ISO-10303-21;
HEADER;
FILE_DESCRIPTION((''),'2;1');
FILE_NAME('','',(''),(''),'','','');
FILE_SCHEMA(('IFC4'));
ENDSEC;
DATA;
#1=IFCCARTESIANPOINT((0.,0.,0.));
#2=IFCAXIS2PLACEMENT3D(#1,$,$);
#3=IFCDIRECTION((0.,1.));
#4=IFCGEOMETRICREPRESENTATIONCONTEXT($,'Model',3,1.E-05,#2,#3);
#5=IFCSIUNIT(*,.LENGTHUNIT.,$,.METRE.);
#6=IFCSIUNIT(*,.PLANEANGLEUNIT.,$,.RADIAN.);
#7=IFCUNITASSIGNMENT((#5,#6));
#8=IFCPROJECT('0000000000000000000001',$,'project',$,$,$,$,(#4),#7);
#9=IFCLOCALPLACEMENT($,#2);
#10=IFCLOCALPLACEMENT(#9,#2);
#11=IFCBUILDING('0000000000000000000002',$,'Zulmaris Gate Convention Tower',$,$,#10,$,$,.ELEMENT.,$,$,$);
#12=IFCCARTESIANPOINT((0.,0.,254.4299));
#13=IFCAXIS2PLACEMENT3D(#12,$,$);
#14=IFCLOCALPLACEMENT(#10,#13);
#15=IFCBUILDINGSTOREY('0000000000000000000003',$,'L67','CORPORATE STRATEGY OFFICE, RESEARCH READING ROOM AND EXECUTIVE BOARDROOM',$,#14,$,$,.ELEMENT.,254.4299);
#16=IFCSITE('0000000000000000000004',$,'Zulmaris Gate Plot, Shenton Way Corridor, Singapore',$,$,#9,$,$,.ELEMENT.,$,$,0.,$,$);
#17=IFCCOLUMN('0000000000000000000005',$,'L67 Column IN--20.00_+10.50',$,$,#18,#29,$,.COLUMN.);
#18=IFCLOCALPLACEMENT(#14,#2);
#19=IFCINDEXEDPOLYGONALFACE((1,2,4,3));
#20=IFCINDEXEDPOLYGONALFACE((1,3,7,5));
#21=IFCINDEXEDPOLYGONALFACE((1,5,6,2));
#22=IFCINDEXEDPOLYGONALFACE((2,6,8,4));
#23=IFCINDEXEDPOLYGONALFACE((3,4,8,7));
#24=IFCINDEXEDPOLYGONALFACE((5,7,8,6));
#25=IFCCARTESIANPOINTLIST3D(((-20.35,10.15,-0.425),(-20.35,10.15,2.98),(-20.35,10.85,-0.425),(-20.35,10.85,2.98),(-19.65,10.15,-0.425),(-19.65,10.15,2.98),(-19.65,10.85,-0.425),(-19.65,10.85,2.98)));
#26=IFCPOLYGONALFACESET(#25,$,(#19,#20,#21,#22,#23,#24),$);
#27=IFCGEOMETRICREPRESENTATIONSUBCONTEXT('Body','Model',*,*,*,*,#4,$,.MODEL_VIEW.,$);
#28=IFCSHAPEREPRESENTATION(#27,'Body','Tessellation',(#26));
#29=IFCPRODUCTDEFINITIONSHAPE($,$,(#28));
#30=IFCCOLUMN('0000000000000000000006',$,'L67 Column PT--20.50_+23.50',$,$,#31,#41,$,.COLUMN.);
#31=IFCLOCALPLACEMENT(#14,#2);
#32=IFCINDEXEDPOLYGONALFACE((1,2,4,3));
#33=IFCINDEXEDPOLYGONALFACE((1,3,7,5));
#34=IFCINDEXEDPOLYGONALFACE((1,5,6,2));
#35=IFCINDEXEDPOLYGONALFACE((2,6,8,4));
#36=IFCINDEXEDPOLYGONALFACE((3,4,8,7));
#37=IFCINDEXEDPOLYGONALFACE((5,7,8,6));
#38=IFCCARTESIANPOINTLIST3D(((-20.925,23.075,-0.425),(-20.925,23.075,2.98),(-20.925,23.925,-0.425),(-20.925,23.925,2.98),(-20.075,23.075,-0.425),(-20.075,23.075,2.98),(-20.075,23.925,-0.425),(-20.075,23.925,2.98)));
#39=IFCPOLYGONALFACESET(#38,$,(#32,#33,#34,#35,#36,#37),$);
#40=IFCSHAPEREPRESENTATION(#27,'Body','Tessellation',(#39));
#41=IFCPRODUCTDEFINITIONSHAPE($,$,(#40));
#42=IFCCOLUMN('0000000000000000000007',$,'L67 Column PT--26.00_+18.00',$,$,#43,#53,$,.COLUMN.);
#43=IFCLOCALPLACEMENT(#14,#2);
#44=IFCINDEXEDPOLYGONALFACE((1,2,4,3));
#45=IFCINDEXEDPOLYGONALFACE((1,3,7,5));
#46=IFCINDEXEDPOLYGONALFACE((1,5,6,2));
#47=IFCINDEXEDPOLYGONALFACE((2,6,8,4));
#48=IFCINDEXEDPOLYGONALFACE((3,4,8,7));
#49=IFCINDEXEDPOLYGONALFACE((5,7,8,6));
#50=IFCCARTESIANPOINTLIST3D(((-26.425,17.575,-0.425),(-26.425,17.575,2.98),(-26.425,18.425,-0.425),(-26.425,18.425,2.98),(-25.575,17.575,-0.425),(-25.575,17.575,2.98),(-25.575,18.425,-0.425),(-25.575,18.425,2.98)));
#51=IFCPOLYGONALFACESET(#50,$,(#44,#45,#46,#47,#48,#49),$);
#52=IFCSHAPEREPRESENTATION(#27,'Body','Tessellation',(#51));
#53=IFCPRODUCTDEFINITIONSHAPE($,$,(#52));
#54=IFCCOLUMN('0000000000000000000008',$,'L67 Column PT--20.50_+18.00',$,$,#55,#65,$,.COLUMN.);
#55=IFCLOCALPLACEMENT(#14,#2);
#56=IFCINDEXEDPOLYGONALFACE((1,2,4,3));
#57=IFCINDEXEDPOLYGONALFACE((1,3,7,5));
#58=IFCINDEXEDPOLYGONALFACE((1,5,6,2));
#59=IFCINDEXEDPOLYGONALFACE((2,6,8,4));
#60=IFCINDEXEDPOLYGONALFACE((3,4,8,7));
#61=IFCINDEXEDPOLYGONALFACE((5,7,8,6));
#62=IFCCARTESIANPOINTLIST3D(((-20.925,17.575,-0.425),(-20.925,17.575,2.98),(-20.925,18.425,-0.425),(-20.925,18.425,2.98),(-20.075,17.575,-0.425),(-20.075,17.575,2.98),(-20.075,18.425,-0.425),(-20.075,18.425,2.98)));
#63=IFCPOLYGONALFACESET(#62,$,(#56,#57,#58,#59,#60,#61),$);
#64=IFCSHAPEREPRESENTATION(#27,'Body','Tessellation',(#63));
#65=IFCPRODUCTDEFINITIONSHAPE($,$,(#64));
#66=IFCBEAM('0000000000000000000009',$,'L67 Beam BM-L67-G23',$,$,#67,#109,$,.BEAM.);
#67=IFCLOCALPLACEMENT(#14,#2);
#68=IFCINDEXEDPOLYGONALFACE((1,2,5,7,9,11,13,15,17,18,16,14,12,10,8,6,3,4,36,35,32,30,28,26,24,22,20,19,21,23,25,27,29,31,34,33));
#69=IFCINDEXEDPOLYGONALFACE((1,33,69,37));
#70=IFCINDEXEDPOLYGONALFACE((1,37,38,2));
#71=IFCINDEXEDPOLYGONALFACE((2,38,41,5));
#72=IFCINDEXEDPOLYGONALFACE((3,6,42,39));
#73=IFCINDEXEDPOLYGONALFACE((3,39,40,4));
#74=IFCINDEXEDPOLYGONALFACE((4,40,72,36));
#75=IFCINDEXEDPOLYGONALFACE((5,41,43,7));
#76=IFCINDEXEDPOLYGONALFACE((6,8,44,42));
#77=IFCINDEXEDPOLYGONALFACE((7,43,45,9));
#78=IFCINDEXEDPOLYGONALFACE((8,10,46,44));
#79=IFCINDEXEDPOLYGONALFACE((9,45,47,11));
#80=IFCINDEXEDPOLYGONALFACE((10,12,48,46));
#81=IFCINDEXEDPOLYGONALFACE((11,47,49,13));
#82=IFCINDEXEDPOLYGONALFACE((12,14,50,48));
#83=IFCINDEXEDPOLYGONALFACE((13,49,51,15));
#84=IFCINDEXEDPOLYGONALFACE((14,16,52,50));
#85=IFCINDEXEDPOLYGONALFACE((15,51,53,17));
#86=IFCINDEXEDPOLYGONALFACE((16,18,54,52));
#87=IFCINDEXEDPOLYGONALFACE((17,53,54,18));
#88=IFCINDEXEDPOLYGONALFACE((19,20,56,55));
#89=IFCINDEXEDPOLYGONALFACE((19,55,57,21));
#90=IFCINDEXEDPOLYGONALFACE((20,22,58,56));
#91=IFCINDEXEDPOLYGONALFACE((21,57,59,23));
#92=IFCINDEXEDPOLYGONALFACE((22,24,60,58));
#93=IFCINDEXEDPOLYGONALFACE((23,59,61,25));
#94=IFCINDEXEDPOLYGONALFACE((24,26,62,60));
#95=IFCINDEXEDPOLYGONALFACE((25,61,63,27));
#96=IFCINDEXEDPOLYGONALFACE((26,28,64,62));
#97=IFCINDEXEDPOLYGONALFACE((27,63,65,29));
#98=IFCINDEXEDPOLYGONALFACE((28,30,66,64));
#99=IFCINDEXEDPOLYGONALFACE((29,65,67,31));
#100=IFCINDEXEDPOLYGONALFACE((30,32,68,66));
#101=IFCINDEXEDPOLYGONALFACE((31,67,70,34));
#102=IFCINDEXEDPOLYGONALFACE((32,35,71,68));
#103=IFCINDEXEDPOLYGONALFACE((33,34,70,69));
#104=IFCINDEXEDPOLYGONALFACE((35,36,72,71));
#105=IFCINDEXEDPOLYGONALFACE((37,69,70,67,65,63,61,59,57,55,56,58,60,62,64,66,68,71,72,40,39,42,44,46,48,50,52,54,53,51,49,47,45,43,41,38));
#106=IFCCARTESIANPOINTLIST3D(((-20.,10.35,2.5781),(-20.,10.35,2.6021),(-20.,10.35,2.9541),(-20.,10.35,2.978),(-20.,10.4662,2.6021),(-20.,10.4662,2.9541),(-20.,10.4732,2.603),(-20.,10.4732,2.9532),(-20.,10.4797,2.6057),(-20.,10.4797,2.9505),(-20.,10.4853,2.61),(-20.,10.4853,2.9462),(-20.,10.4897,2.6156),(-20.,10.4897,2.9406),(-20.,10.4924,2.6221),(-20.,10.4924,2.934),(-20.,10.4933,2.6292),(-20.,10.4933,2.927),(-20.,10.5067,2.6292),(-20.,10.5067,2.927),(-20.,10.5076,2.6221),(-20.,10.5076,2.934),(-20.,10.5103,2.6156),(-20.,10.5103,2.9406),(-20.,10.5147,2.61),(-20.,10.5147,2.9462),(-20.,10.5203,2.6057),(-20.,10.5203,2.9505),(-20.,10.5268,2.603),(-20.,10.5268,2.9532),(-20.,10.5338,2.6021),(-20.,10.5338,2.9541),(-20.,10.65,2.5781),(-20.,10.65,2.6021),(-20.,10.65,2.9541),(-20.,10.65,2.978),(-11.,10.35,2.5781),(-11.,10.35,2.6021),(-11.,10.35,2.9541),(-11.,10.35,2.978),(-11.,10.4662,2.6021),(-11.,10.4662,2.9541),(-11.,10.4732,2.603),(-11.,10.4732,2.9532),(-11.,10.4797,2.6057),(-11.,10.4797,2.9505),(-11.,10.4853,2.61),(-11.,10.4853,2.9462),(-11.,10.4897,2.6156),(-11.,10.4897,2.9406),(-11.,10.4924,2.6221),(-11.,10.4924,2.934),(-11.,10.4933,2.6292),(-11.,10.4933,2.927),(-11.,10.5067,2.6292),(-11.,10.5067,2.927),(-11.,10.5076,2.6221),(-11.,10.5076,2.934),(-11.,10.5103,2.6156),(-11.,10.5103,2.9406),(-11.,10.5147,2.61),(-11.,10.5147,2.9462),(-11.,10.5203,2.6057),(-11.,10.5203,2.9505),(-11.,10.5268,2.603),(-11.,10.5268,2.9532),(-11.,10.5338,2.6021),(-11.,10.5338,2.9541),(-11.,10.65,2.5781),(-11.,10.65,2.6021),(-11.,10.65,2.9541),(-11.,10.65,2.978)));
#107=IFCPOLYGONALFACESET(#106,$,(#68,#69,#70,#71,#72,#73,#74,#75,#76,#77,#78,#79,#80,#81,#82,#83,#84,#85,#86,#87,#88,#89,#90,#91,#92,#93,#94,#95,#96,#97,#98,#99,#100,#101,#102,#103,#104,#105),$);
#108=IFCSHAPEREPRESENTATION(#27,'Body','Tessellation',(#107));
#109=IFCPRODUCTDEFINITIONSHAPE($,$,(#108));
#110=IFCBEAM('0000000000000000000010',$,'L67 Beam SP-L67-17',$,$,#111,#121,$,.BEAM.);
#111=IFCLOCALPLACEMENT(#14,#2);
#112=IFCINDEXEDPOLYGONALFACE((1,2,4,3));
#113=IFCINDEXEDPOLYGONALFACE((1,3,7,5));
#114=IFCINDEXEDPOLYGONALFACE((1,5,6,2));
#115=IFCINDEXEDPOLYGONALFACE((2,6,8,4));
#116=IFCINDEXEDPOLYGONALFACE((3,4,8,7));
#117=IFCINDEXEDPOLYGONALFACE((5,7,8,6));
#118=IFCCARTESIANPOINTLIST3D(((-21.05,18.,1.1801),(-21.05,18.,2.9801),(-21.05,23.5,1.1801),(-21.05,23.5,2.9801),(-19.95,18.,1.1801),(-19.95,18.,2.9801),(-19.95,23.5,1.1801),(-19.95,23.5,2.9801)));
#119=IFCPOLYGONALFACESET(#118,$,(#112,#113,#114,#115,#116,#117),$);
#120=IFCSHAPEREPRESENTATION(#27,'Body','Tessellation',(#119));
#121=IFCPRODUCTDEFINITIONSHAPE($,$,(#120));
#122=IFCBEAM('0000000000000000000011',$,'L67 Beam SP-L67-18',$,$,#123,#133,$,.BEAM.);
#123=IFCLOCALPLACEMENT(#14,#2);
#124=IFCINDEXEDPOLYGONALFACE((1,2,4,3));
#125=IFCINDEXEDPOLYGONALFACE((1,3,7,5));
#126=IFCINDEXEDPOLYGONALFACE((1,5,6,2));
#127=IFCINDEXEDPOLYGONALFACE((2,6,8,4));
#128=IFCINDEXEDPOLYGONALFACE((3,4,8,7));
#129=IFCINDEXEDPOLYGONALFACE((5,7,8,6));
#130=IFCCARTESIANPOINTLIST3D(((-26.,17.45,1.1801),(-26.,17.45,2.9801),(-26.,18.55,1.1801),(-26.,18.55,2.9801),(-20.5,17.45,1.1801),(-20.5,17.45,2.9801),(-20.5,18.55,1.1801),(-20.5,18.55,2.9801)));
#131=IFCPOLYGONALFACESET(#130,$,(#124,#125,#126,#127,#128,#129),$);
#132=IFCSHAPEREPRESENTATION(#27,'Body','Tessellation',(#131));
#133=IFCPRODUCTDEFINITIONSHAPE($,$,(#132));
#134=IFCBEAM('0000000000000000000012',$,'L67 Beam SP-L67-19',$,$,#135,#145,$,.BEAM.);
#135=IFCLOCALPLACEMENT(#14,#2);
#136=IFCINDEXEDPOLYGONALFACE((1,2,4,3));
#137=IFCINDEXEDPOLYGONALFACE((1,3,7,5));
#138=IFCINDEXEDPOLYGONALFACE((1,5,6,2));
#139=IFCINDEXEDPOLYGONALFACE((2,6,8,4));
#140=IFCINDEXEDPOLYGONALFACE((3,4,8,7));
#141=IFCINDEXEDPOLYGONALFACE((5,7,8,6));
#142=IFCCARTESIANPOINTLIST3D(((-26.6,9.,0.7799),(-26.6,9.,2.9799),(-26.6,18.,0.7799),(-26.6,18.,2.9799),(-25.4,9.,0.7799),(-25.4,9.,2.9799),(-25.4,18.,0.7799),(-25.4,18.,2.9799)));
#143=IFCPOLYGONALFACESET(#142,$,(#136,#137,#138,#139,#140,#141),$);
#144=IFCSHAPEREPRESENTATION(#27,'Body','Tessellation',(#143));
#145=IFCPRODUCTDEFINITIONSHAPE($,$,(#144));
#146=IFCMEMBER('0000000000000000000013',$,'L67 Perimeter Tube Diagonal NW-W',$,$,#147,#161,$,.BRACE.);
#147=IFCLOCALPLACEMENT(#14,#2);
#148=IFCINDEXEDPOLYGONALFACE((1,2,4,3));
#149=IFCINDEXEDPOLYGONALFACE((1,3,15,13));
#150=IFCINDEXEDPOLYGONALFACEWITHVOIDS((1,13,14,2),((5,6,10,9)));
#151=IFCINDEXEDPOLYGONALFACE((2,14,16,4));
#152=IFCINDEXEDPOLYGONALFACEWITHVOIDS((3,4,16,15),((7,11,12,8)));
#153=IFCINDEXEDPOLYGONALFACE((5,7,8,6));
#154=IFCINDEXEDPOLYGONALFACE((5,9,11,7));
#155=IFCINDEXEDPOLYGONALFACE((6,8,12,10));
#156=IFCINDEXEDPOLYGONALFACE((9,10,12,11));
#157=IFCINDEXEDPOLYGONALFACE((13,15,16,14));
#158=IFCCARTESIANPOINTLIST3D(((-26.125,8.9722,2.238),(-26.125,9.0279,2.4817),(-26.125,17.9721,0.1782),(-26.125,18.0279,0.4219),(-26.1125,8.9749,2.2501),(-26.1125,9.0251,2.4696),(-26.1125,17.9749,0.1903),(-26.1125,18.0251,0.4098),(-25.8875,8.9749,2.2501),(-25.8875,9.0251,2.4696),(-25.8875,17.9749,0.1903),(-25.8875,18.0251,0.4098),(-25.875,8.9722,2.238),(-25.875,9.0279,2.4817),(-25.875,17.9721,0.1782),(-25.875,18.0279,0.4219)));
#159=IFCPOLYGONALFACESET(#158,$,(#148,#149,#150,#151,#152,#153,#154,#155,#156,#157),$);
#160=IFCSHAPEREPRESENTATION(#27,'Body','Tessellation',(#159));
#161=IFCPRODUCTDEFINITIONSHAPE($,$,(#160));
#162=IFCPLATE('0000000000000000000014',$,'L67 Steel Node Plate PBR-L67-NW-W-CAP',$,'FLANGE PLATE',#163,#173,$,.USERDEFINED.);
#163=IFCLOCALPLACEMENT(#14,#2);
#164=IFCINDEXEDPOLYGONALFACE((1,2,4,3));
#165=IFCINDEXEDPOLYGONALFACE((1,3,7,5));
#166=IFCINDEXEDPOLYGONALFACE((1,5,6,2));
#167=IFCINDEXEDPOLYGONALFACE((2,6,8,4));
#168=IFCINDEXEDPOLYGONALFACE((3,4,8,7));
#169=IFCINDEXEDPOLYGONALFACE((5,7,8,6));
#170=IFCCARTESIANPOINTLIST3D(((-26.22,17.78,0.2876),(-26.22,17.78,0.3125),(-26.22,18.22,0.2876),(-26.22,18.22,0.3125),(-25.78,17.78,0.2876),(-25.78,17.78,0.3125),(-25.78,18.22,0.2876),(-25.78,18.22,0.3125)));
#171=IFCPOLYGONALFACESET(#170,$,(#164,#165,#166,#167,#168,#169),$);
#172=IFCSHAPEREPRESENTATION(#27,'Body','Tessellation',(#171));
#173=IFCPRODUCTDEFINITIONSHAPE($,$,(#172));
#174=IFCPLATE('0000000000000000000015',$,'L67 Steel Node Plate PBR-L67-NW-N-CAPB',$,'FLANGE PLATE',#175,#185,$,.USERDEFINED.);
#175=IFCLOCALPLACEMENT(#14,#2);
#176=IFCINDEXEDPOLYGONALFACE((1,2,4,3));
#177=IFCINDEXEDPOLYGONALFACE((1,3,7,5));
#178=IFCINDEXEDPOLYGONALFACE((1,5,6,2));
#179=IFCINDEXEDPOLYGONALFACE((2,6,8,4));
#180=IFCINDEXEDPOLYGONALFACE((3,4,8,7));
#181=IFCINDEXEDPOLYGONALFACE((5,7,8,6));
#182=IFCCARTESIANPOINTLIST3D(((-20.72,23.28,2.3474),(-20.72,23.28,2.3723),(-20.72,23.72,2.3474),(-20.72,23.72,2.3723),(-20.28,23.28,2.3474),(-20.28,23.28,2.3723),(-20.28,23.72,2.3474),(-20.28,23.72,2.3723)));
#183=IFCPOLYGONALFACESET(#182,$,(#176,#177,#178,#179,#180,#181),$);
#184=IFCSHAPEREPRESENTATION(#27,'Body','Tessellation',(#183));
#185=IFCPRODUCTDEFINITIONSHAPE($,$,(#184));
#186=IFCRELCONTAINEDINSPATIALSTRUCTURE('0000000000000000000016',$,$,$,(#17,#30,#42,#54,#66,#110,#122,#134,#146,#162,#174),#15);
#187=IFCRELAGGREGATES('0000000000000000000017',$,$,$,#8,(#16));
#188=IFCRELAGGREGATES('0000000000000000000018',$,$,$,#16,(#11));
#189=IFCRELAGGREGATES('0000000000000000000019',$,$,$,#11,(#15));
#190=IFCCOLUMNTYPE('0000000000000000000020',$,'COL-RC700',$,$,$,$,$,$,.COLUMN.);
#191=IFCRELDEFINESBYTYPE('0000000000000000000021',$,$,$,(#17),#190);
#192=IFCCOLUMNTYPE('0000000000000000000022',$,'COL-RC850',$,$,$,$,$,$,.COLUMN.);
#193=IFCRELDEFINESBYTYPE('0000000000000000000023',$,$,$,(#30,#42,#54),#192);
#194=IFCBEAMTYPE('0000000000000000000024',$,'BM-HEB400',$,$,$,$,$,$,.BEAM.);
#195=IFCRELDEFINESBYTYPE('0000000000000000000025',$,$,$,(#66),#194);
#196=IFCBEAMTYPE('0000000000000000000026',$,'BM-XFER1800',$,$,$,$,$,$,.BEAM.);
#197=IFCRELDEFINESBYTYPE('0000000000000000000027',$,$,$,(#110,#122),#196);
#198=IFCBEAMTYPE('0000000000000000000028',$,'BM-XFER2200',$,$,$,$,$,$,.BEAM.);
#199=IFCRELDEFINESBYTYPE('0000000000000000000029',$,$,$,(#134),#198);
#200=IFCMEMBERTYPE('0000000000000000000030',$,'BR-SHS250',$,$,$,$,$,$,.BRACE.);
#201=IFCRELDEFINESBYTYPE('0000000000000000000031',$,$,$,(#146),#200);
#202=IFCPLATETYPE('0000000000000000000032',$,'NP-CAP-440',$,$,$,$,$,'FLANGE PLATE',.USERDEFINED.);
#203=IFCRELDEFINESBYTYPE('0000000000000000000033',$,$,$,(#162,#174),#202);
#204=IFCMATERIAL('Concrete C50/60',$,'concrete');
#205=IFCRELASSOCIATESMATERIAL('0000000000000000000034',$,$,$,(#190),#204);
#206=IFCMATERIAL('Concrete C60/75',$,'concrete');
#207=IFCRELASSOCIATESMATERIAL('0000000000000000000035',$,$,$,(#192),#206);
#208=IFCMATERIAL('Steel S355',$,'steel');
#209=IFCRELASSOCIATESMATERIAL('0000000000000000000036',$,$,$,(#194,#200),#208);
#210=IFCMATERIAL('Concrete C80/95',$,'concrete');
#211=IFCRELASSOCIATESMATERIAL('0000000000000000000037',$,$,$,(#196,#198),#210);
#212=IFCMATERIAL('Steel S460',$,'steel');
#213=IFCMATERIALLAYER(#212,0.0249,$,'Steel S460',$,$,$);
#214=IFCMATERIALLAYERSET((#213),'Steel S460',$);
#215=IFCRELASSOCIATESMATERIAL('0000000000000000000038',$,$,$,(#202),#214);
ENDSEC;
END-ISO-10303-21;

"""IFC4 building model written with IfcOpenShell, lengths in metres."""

from ifc_helpers import new_model, si_unit, direction, frame, origin, origin_2d, place, context, subcontext, project, spatial, rectangle, hollow_rectangle, i_section, extrude, material, layer, layer_set, material_profile, profile_set, type_object, element, save


model = new_model("IFC4")

# Units and contexts
model_context = context("Model", 3, precision=1e-05, world=origin(), true_north=direction((0.0, 1.0)))
body_context = subcontext(model_context, "Body", "Model", "MODEL_VIEW")
ifc_project = project(units=[si_unit("LENGTHUNIT", "METRE"), si_unit("PLANEANGLEUNIT", "RADIAN")], contexts=[model_context])

# Site, building, storey
site_placement = place(None, origin())
site = spatial("IfcSite", under=ifc_project, at=site_placement, Name="Zulmaris Gate Plot, Shenton Way Corridor, Singapore", CompositionType="ELEMENT", RefElevation=0.0)
building_placement = place(site_placement, origin())
building = spatial("IfcBuilding", under=site, at=building_placement, Name="Zulmaris Gate Convention Tower", CompositionType="ELEMENT")
storey_placement = place(building_placement, frame((0.0, 0.0, 254.4299)))
storey = spatial("IfcBuildingStorey", under=building, at=storey_placement, Name="L67", Description="CORPORATE STRATEGY OFFICE, RESEARCH READING ROOM AND EXECUTIVE BOARDROOM", CompositionType="ELEMENT", Elevation=254.4299)

# Columns
ifc_material_1 = material(Name="Concrete C50/60", Category="concrete")
ifc_material_profile_1 = material_profile(ifc_material_1, rectangle(XDim=0.7, YDim=0.7, at=origin_2d()), Name="RC COL 700x700")
ifc_profile_set_1 = profile_set([ifc_material_profile_1], Name="Concrete C50/60")
column_type_1 = type_object("IfcColumnType", Name="COL-RC700", PredefinedType="COLUMN", material=ifc_profile_set_1)
column_placement = place(storey_placement, frame((-20.0, 10.5, -0.425), z_axis=(0.0, 0.0, 1.0), x_axis=(1.0, 0.0, 0.0)))
element("IfcColumn", 1, at=column_placement, inside=storey, type_object=column_type_1, Name="L67 Column IN--20.00_+10.50", PredefinedType="COLUMN", context=body_context, shape_type="SweptSolid", body=[
    extrude(rectangle(XDim=0.7, YDim=0.7, at=origin_2d()), origin(), (0.0, 0.0, 1.0), 3.405),
])
ifc_material_2 = material(Name="Concrete C60/75", Category="concrete")
ifc_material_profile_2 = material_profile(ifc_material_2, rectangle(XDim=0.8501, YDim=0.8501, at=origin_2d()), Name="RC COL 850x850")
ifc_profile_set_2 = profile_set([ifc_material_profile_2], Name="Concrete C60/75")
column_type_2 = type_object("IfcColumnType", Name="COL-RC850", PredefinedType="COLUMN", material=ifc_profile_set_2)
for number, where, z_axis, x_axis, name in (
    (2, (-20.5, 23.5, -0.425), (0.0, 0.0, 1.0), (1.0, 0.0, 0.0), "L67 Column PT--20.50_+23.50"),
    (3, (-26.0, 18.0, -0.425), (0.0, 0.0, 1.0), (1.0, 0.0, 0.0), "L67 Column PT--26.00_+18.00"),
    (4, (-20.5, 18.0, -0.425), (0.0, 0.0, 1.0), (1.0, 0.0, 0.0), "L67 Column PT--20.50_+18.00"),
):
    element("IfcColumn", number, at=place(storey_placement, frame(where, z_axis=z_axis, x_axis=x_axis)), inside=storey, type_object=column_type_2, Name=name, PredefinedType="COLUMN", context=body_context, shape_type="SweptSolid", body=[
        extrude(rectangle(XDim=0.8501, YDim=0.8501, at=origin_2d()), origin(), (0.0, 0.0, 1.0), 3.405),
    ])

# Beams
ifc_material_3 = material(Name="Steel S355", Category="steel")
ifc_material_profile_3 = material_profile(ifc_material_3, i_section(OverallWidth=0.3, OverallDepth=0.3999, WebThickness=0.0134, FlangeThickness=0.0239, FilletRadius=0.0271, at=origin_2d()), Name="HEB 400")
ifc_profile_set_3 = profile_set([ifc_material_profile_3], Name="Steel S355")
beam_type_1 = type_object("IfcBeamType", Name="BM-HEB400", PredefinedType="BEAM", material=ifc_profile_set_3)
beam_1_placement = place(storey_placement, frame((-20.0, 10.5, 2.7781), z_axis=(1.0, 0.0, 0.0), x_axis=(0.0, 1.0, 0.0)))
element("IfcBeam", 5, at=beam_1_placement, inside=storey, type_object=beam_type_1, Name="L67 Beam BM-L67-G23", PredefinedType="BEAM", context=body_context, shape_type="SweptSolid", body=[
    extrude(i_section(OverallWidth=0.3, OverallDepth=0.3999, WebThickness=0.0134, FlangeThickness=0.0239, FilletRadius=0.0271, at=origin_2d()), origin(), (0.0, 0.0, 1.0), 9.0),
])
ifc_material_4 = material(Name="Concrete C80/95", Category="concrete")
ifc_material_profile_4 = material_profile(ifc_material_4, rectangle(XDim=1.1001, YDim=1.8, at=origin_2d()), Name="RC TRANSFER 1100x1800")
ifc_profile_set_4 = profile_set([ifc_material_profile_4], Name="Concrete C80/95")
beam_type_2 = type_object("IfcBeamType", Name="BM-XFER1800", PredefinedType="BEAM", material=ifc_profile_set_4)
for number, where, z_axis, x_axis, name in (
    (6, (-20.5, 23.5, 2.0801), (0.0, -1.0, 0.0), (1.0, 0.0, 0.0), "L67 Beam SP-L67-17"),
    (7, (-20.5, 18.0, 2.0801), (-1.0, 0.0, 0.0), (0.0, -1.0, 0.0), "L67 Beam SP-L67-18"),
):
    element("IfcBeam", number, at=place(storey_placement, frame(where, z_axis=z_axis, x_axis=x_axis)), inside=storey, type_object=beam_type_2, Name=name, PredefinedType="BEAM", context=body_context, shape_type="SweptSolid", body=[
        extrude(rectangle(XDim=1.1001, YDim=1.8, at=origin_2d()), origin(), (0.0, 0.0, 1.0), 5.5),
    ])
ifc_material_profile_5 = material_profile(ifc_material_4, rectangle(XDim=1.2, YDim=2.2, at=origin_2d()), Name="RC TRANSFER 1200x2200")
ifc_profile_set_5 = profile_set([ifc_material_profile_5], Name="Concrete C80/95")
beam_type_3 = type_object("IfcBeamType", Name="BM-XFER2200", PredefinedType="BEAM", material=ifc_profile_set_5)
beam_2_placement = place(storey_placement, frame((-26.0, 18.0, 1.8799), z_axis=(0.0, -1.0, 0.0), x_axis=(1.0, 0.0, 0.0)))
element("IfcBeam", 8, at=beam_2_placement, inside=storey, type_object=beam_type_3, Name="L67 Beam SP-L67-19", PredefinedType="BEAM", context=body_context, shape_type="SweptSolid", body=[
    extrude(rectangle(XDim=1.2, YDim=2.2, at=origin_2d()), origin(), (0.0, 0.0, 1.0), 9.0),
])

# Member
ifc_material_profile_6 = material_profile(ifc_material_3, hollow_rectangle(XDim=0.25, YDim=0.25, WallThickness=0.0125, at=origin_2d()), Name="SHS 250x250x12.5")
ifc_profile_set_6 = profile_set([ifc_material_profile_6], Name="Steel S355")
member_type = type_object("IfcMemberType", Name="BR-SHS250", PredefinedType="BRACE", material=ifc_profile_set_6)
member_placement = place(storey_placement, frame((-26.0, 18.0, 0.3), z_axis=(0.0, -0.974796, 0.2231), x_axis=(1.0, 0.0, 0.0)))
element("IfcMember", 9, at=member_placement, inside=storey, type_object=member_type, Name="L67 Perimeter Tube Diagonal NW-W", PredefinedType="BRACE", context=body_context, shape_type="SweptSolid", body=[
    extrude(hollow_rectangle(XDim=0.25, YDim=0.25, WallThickness=0.0125, at=origin_2d()), origin(), (0.0, 0.0, 1.0), 9.2327),
])

# Plates
ifc_material_5 = material(Name="Steel S460", Category="steel")
ifc_layer_1 = layer(ifc_material_5, 0.0249, Name="Steel S460")
ifc_layer_set_1 = layer_set([ifc_layer_1], Name="Steel S460")
plate_type = type_object("IfcPlateType", Name="NP-CAP-440", ElementType="FLANGE PLATE", PredefinedType="USERDEFINED", material=ifc_layer_set_1)
for number, where, z_axis, x_axis, name in (
    (10, (-26.0, 18.0, 0.2876), (0.0, 0.0, 1.0), (1.0, 0.0, 0.0), "L67 Steel Node Plate PBR-L67-NW-W-CAP"),
    (11, (-20.5, 23.5, 2.3474), (0.0, 0.0, 1.0), (1.0, 0.0, 0.0), "L67 Steel Node Plate PBR-L67-NW-N-CAPB"),
):
    element("IfcPlate", number, at=place(storey_placement, frame(where, z_axis=z_axis, x_axis=x_axis)), inside=storey, type_object=plate_type, Name=name, ObjectType="FLANGE PLATE", PredefinedType="USERDEFINED", context=body_context, shape_type="SweptSolid", body=[
        extrude(rectangle(XDim=0.4399, YDim=0.4399, at=origin_2d()), origin(), (0.0, 0.0, 1.0), 0.0249),
    ])

save(model, "model.ifc")
